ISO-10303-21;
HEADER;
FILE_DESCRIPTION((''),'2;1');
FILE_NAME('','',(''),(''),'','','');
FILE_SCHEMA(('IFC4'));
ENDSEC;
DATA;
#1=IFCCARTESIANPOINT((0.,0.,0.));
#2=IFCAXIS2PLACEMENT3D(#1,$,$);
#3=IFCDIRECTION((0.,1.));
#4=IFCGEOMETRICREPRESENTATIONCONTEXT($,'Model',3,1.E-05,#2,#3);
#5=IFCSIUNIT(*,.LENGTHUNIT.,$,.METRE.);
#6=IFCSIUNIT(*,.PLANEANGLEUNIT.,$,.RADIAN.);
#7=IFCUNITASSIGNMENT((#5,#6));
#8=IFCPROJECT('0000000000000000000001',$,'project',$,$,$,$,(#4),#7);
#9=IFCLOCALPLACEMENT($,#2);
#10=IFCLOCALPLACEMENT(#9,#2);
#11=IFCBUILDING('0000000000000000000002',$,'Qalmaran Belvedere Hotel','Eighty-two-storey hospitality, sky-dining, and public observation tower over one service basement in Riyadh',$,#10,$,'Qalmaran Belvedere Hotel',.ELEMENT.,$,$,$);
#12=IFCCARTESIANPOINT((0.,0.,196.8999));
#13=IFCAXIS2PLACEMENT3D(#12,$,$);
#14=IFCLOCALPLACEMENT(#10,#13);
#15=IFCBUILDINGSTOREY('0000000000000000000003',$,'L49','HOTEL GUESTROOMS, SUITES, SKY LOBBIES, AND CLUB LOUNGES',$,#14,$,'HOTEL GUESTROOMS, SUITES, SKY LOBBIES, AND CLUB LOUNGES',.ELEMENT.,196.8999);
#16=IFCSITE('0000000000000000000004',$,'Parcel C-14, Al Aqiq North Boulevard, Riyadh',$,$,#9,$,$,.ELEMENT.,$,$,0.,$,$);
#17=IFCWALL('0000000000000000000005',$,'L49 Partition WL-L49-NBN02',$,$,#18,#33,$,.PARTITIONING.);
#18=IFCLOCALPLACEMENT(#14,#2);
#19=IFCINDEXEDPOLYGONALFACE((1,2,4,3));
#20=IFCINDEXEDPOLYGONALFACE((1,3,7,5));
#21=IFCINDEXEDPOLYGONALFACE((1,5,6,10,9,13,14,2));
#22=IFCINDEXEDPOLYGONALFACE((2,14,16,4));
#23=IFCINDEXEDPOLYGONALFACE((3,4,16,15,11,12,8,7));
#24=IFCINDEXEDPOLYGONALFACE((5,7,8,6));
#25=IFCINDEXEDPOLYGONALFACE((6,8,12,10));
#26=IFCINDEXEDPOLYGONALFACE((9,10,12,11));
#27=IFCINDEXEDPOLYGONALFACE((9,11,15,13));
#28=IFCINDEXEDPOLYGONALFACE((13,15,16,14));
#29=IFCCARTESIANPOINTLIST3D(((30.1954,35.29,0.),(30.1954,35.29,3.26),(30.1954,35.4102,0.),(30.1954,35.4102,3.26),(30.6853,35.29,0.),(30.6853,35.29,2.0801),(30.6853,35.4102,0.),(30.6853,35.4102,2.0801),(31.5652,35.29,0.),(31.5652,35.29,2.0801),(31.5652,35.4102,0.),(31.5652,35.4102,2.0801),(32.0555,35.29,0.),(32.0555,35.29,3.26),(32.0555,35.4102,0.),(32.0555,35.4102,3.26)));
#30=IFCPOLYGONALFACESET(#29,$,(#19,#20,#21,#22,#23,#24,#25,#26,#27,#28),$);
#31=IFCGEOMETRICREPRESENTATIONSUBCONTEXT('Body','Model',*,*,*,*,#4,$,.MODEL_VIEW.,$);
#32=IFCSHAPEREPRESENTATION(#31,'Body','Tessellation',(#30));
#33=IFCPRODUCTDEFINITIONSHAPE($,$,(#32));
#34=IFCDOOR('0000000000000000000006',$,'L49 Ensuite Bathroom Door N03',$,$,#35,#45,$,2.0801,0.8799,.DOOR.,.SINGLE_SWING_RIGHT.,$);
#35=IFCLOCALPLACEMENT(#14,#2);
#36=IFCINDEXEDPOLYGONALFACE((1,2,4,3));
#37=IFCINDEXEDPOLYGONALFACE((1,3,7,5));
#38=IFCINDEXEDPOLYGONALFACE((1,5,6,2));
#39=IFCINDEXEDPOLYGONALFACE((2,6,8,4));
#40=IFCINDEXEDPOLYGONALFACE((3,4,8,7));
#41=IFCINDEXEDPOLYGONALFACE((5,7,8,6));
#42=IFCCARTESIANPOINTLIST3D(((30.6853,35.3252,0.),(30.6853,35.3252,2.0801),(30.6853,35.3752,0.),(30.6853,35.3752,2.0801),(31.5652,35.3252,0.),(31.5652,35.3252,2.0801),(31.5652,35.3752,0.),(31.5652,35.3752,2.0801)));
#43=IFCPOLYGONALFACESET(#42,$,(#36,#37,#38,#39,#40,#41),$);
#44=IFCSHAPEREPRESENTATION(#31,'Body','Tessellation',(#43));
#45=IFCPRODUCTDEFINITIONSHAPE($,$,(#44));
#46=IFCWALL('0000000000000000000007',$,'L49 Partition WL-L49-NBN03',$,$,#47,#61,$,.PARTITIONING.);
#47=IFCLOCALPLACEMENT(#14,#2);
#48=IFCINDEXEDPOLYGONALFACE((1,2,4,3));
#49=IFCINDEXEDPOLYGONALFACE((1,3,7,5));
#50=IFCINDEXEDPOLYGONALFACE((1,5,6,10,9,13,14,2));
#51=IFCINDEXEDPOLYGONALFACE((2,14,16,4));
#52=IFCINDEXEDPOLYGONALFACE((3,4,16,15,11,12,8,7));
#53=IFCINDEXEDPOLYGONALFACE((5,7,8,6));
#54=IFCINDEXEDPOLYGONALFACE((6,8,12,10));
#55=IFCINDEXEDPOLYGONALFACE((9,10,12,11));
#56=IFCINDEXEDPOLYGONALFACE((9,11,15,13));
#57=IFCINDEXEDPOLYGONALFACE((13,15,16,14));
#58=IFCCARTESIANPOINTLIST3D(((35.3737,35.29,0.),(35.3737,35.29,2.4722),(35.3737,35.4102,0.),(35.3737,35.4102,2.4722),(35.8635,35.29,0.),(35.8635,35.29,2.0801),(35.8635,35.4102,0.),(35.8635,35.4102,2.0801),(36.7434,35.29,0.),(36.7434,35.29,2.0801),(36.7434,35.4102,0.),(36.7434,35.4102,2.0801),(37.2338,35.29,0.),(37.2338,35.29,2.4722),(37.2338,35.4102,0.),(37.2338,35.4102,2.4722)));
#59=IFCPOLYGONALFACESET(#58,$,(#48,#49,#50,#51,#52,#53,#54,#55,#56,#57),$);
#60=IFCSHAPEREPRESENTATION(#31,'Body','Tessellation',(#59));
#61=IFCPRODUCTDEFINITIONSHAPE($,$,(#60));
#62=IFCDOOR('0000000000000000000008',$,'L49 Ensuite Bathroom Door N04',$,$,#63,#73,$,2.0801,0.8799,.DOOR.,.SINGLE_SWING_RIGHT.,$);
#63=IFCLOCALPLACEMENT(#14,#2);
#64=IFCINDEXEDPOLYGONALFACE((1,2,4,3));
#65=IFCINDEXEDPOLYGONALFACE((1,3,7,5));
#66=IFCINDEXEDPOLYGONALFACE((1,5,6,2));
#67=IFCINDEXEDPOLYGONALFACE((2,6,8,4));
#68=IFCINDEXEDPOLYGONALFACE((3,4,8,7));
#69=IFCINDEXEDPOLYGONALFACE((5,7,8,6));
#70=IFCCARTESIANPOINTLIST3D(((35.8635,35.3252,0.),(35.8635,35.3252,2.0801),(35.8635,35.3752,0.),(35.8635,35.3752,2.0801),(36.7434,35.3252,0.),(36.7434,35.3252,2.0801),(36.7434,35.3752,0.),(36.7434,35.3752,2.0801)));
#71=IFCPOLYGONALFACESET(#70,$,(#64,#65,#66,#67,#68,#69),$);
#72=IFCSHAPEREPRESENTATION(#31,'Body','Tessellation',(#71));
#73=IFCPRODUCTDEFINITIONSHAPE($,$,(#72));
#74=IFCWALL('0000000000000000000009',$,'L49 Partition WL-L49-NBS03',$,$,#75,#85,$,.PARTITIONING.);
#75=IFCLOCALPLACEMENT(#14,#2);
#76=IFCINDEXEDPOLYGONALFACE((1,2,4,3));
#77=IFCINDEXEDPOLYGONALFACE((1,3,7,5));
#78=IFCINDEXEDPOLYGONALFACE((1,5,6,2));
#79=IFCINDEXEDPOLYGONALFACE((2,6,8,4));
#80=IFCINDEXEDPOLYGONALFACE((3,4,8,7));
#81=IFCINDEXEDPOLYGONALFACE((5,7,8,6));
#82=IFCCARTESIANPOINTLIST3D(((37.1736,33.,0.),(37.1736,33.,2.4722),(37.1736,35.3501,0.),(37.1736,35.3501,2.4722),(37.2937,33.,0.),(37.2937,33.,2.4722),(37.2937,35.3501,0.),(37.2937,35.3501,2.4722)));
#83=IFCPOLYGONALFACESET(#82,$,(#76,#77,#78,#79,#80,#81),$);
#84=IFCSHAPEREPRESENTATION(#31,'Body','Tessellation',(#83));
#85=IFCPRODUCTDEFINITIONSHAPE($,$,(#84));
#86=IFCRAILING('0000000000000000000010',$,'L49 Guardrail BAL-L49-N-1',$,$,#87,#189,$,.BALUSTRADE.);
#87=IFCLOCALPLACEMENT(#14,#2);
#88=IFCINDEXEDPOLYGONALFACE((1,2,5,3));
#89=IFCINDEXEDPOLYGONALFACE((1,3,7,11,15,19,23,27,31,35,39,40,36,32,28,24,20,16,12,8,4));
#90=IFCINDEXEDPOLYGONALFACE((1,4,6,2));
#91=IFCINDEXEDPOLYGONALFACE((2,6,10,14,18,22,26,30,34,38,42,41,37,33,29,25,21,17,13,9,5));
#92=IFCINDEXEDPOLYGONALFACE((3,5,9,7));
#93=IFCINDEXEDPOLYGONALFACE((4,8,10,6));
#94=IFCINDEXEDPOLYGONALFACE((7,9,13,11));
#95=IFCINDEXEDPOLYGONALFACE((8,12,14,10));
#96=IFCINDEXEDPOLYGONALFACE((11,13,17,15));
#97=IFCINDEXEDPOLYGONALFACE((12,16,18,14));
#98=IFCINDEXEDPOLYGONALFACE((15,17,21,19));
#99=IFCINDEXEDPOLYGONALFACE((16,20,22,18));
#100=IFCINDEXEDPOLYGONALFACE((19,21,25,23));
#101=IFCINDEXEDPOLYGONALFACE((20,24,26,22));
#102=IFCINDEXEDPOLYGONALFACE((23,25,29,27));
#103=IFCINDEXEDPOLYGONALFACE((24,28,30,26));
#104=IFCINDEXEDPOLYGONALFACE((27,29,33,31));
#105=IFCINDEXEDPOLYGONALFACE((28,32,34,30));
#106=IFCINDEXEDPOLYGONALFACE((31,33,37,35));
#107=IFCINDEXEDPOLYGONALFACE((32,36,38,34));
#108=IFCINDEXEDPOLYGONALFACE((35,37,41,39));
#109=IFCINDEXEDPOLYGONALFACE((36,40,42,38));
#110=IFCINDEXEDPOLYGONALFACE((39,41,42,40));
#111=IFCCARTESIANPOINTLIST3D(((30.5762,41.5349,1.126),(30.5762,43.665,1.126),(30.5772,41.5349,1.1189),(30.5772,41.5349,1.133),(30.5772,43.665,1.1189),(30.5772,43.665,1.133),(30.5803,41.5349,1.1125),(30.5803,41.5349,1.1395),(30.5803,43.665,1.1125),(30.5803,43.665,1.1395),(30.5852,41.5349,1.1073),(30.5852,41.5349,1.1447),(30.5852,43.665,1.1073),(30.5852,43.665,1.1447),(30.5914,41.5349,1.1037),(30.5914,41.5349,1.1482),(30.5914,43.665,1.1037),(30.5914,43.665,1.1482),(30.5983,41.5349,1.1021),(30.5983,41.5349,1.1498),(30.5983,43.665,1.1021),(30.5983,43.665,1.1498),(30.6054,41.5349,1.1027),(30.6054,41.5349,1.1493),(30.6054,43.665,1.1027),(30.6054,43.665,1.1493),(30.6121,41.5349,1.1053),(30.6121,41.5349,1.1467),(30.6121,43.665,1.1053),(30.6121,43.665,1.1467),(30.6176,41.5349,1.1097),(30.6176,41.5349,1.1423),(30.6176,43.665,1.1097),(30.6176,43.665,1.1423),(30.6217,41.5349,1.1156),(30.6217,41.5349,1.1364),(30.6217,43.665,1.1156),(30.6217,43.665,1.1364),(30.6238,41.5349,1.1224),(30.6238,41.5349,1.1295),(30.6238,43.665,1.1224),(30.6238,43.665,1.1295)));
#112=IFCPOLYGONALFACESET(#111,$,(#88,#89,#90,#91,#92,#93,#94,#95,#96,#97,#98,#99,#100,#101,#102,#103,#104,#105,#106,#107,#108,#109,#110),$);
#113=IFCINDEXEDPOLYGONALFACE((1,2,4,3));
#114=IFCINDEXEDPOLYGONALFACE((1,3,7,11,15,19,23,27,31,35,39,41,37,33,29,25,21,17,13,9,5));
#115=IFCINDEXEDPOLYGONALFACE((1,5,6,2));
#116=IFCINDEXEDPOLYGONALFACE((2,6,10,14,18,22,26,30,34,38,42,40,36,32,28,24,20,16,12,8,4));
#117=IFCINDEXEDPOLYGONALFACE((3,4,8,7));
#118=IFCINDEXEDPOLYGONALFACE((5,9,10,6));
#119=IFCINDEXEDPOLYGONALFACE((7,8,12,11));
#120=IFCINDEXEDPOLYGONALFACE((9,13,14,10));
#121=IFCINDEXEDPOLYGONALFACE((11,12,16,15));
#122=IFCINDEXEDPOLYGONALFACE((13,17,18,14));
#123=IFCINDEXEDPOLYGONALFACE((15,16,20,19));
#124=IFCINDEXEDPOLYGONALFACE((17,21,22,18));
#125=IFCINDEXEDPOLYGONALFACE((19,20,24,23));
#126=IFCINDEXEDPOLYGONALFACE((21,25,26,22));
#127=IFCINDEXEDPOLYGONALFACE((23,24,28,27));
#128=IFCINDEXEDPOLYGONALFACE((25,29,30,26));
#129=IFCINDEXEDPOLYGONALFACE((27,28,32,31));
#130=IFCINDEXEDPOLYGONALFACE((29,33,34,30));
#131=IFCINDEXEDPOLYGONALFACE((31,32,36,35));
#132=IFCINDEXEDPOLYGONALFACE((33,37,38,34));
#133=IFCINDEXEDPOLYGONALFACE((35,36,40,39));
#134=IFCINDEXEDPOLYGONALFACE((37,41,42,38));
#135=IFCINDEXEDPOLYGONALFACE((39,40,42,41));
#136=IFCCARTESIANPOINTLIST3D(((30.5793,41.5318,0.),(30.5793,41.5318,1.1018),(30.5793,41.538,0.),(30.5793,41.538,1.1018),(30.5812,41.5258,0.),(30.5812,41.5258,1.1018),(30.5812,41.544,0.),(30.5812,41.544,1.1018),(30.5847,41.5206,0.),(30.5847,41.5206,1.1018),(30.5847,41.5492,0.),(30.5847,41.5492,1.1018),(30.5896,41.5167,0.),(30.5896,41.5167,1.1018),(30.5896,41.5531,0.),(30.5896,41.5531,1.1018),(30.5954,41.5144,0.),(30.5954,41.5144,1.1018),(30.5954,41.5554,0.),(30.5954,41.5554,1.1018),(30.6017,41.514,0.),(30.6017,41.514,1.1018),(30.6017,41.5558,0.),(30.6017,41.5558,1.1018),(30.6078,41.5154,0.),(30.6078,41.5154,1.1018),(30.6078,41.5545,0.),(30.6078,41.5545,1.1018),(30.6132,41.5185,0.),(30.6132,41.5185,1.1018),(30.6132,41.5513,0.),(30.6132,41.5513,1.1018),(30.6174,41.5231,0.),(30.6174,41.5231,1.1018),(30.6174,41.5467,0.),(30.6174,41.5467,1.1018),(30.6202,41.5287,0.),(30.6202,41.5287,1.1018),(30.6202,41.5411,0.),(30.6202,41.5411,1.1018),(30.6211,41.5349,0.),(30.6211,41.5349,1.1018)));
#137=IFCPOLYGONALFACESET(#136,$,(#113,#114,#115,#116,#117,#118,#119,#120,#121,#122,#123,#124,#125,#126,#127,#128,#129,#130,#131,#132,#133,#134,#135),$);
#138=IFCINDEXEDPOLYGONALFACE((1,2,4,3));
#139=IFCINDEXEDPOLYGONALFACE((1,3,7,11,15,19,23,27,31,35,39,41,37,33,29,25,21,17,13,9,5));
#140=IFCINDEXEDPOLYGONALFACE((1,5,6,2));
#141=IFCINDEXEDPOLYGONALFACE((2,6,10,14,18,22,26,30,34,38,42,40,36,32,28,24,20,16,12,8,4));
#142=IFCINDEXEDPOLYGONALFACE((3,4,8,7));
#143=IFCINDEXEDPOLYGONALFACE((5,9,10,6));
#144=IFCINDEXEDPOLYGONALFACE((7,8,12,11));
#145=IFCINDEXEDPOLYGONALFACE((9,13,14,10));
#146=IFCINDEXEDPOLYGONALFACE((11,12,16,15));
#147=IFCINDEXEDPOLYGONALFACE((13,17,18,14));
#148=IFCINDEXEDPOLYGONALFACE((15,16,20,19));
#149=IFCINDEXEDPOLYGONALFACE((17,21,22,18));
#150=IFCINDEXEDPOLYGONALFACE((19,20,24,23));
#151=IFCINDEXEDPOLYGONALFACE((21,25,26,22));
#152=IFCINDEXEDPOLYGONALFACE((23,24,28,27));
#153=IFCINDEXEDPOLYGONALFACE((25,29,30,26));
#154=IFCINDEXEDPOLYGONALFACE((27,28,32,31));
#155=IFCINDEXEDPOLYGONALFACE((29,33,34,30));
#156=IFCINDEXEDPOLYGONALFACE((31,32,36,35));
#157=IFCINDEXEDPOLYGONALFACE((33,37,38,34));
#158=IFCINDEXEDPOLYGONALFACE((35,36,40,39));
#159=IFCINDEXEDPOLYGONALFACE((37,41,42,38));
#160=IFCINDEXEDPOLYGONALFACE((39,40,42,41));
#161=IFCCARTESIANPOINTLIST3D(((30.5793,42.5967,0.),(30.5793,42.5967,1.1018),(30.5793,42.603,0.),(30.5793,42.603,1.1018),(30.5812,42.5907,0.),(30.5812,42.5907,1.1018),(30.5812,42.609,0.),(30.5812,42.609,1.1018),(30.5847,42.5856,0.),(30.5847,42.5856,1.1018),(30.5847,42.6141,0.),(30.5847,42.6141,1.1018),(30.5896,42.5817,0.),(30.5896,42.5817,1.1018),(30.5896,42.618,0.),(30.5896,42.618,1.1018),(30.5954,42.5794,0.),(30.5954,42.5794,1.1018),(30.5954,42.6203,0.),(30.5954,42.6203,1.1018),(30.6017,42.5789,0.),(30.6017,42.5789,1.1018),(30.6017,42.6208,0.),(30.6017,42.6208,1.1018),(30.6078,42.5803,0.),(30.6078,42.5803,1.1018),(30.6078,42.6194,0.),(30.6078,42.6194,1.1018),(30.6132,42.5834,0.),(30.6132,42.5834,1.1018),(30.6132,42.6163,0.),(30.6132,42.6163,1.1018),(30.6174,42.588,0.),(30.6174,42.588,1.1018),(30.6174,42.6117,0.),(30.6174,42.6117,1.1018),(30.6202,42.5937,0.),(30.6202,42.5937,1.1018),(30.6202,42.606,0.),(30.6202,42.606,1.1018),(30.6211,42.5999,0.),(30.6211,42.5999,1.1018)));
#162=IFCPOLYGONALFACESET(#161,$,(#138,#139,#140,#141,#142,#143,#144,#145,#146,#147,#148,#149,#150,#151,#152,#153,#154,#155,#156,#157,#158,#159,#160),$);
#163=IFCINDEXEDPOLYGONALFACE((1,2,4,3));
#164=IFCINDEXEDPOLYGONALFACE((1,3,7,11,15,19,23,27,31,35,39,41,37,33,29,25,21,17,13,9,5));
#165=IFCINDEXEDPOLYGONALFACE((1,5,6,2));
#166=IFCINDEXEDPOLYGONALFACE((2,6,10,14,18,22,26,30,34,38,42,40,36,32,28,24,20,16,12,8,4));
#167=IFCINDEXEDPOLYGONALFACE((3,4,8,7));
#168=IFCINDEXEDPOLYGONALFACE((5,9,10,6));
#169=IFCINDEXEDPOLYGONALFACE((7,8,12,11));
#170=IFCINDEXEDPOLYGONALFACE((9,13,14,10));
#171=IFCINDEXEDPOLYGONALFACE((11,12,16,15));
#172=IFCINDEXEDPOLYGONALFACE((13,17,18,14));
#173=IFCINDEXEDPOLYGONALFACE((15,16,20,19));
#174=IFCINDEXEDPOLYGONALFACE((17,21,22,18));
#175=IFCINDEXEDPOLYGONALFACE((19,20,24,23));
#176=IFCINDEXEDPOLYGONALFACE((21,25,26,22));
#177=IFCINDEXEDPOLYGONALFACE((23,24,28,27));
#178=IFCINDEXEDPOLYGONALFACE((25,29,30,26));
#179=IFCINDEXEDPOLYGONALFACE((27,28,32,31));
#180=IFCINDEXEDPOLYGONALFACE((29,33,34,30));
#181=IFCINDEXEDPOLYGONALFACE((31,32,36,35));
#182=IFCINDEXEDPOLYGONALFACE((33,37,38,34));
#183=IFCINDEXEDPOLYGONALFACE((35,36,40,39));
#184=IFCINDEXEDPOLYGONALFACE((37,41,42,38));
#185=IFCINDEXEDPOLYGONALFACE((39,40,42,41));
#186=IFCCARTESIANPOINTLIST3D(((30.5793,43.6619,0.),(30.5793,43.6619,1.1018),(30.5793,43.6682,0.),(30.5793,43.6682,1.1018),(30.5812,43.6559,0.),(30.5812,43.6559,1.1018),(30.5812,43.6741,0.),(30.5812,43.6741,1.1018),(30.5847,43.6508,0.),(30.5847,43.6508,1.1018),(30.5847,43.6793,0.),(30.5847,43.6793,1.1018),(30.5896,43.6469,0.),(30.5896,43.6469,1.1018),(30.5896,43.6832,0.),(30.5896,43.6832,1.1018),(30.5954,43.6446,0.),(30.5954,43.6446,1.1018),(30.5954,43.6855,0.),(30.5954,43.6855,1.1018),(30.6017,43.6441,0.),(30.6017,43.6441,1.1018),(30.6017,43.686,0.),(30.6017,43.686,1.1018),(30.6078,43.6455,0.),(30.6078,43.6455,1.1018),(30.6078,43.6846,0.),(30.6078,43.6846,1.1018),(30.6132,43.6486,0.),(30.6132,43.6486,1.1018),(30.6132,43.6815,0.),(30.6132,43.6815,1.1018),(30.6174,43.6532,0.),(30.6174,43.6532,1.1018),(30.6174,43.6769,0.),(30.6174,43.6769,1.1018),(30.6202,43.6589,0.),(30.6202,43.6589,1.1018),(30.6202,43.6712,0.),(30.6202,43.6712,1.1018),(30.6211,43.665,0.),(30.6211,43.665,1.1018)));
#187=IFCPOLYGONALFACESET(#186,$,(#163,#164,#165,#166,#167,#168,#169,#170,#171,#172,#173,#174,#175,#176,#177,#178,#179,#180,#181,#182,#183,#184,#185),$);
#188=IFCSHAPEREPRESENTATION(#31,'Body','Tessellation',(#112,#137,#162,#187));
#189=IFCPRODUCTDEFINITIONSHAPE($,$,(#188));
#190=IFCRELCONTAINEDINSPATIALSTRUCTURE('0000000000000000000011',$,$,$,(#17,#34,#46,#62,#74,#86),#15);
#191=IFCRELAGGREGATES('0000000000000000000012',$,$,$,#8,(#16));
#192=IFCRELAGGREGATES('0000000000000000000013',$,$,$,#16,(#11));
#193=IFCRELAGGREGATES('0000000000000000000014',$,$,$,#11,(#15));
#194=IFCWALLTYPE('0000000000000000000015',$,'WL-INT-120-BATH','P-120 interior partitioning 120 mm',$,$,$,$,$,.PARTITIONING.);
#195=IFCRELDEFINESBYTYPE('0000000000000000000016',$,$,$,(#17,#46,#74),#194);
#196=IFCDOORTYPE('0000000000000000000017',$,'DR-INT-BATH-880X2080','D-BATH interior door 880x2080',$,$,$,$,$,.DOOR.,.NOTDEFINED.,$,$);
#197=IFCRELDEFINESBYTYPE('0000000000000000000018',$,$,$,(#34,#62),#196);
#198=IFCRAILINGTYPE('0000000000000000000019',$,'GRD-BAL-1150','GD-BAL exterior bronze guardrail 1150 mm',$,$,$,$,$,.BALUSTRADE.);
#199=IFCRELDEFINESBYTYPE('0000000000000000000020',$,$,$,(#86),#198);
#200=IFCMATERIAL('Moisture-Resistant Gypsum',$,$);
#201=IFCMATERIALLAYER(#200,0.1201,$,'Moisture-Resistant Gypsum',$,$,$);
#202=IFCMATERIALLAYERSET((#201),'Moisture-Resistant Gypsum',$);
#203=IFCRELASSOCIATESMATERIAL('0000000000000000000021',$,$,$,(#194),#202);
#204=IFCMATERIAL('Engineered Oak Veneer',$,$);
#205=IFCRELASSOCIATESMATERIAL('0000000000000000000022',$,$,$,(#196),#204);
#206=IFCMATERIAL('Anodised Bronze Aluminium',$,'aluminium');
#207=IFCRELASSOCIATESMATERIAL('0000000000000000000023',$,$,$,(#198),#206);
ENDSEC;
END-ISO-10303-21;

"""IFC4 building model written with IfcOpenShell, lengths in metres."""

from ifc_helpers import new_model, si_unit, direction, frame, frame_2d, origin, origin_2d, place, context, subcontext, project, spatial, rectangle, circle, extrude, material, layer, layer_set, type_object, element, fill, save


model = new_model("IFC4")

# Units and contexts
model_context = context("Model", 3, precision=1e-05, world=origin(), true_north=direction((0.0, 1.0)))
body_context = subcontext(model_context, "Body", "Model", "MODEL_VIEW")
ifc_project = project(units=[si_unit("LENGTHUNIT", "METRE"), si_unit("PLANEANGLEUNIT", "RADIAN")], contexts=[model_context])

# Site, building, storey
site_placement = place(None, origin())
site = spatial("IfcSite", under=ifc_project, at=site_placement, Name="Parcel C-14, Al Aqiq North Boulevard, Riyadh", CompositionType="ELEMENT", RefElevation=0.0)
building_placement = place(site_placement, origin())
building = spatial("IfcBuilding", under=site, at=building_placement, Name="Qalmaran Belvedere Hotel", Description="Eighty-two-storey hospitality, sky-dining, and public observation tower over one service basement in Riyadh", LongName="Qalmaran Belvedere Hotel", CompositionType="ELEMENT")
storey_placement = place(building_placement, frame((0.0, 0.0, 196.8999)))
storey = spatial("IfcBuildingStorey", under=building, at=storey_placement, Name="L49", Description="HOTEL GUESTROOMS, SUITES, SKY LOBBIES, AND CLUB LOUNGES", LongName="HOTEL GUESTROOMS, SUITES, SKY LOBBIES, AND CLUB LOUNGES", CompositionType="ELEMENT", Elevation=196.8999)

# Shared definitions
ifc_material_1 = material(Name="Anodised Bronze Aluminium", Category="aluminium")

# Walls, openings, doors
ifc_material_2 = material(Name="Moisture-Resistant Gypsum")
ifc_layer_1 = layer(ifc_material_2, 0.1201, Name="Moisture-Resistant Gypsum")
ifc_layer_set_1 = layer_set([ifc_layer_1], Name="Moisture-Resistant Gypsum")
wall_type_1 = type_object("IfcWallType", Name="WL-INT-120-BATH", Description="P-120 interior partitioning 120 mm", PredefinedType="PARTITIONING", material=ifc_layer_set_1)
wall_1_placement = place(storey_placement, frame((30.1953, 35.3501, 0.0), z_axis=(0.0, 0.0, 1.0), x_axis=(1.0, 0.0, 0.0)))
wall_1 = element("IfcWall", 1, at=wall_1_placement, inside=storey, type_object=wall_type_1, Name="L49 Partition WL-L49-NBN02", PredefinedType="PARTITIONING", context=body_context, shape_type="SweptSolid", body=[
    extrude(rectangle(XDim=1.8601, YDim=0.1201, at=frame_2d((0.9302, 0.0))), origin(), (0.0, 0.0, 1.0), 3.26),
])
opening_1_placement = place(wall_1_placement, frame((1.3699, 0.0, 0.0), z_axis=(0.0, 0.0, 1.0), x_axis=(-1.0, 0.0, 0.0)))
opening_1 = element("IfcOpeningElement", 2, at=opening_1_placement, cuts=wall_1, PredefinedType="OPENING", context=body_context, shape_type="SweptSolid", body=[
    extrude(rectangle(XDim=0.8799, YDim=2.0801, at=frame_2d((0.4399, 1.04))), frame((0.0, 0.0701, 0.0), z_axis=(0.0, -1.0, 0.0), x_axis=(1.0, 0.0, 0.0)), (0.0, 0.0, 1.0), 0.1401),
])
ifc_material_3 = material(Name="Engineered Oak Veneer")
door_type_1 = type_object("IfcDoorType", Name="DR-INT-BATH-880X2080", Description="D-BATH interior door 880x2080", OperationType="NOTDEFINED", PredefinedType="DOOR", material=ifc_material_3)
door_1_placement = place(opening_1_placement, origin())
door_1 = element("IfcDoor", 3, at=door_1_placement, inside=storey, type_object=door_type_1, Name="L49 Ensuite Bathroom Door N03", OperationType="SINGLE_SWING_RIGHT", OverallHeight=2.0801, OverallWidth=0.8799, PredefinedType="DOOR", context=body_context, shape_type="SweptSolid", body=[
    extrude(rectangle(XDim=0.8799, YDim=2.0801, at=frame_2d((0.4399, 1.04))), frame((0.0, 0.0249, 0.0), z_axis=(0.0, -1.0, 0.0), x_axis=(1.0, 0.0, 0.0)), (0.0, 0.0, 1.0), 0.05),
])
fill(opening_1, door_1)
wall_2_placement = place(storey_placement, frame((35.3735, 35.3501, 0.0), z_axis=(0.0, 0.0, 1.0), x_axis=(1.0, 0.0, 0.0)))
wall_2 = element("IfcWall", 4, at=wall_2_placement, inside=storey, type_object=wall_type_1, Name="L49 Partition WL-L49-NBN03", PredefinedType="PARTITIONING", context=body_context, shape_type="SweptSolid", body=[
    extrude(rectangle(XDim=1.8601, YDim=0.1201, at=frame_2d((0.9302, 0.0))), origin(), (0.0, 0.0, 1.0), 2.4722),
])
opening_2_placement = place(wall_2_placement, frame((1.3699, 0.0, 0.0), z_axis=(0.0, 0.0, 1.0), x_axis=(-1.0, 0.0, 0.0)))
opening_2 = element("IfcOpeningElement", 5, at=opening_2_placement, cuts=wall_2, PredefinedType="OPENING", context=body_context, shape_type="SweptSolid", body=[
    extrude(rectangle(XDim=0.8799, YDim=2.0801, at=frame_2d((0.4399, 1.04))), frame((0.0, 0.0701, 0.0), z_axis=(0.0, -1.0, 0.0), x_axis=(1.0, 0.0, 0.0)), (0.0, 0.0, 1.0), 0.1401),
])
door_2_placement = place(opening_2_placement, origin())
door_2 = element("IfcDoor", 6, at=door_2_placement, inside=storey, type_object=door_type_1, Name="L49 Ensuite Bathroom Door N04", OperationType="SINGLE_SWING_RIGHT", OverallHeight=2.0801, OverallWidth=0.8799, PredefinedType="DOOR", context=body_context, shape_type="SweptSolid", body=[
    extrude(rectangle(XDim=0.8799, YDim=2.0801, at=frame_2d((0.4399, 1.04))), frame((0.0, 0.0249, 0.0), z_axis=(0.0, -1.0, 0.0), x_axis=(1.0, 0.0, 0.0)), (0.0, 0.0, 1.0), 0.05),
])
fill(opening_2, door_2)

# Wall
wall_3_placement = place(storey_placement, frame((37.2336, 33.0, 0.0), z_axis=(0.0, 0.0, 1.0), x_axis=(0.0, 1.0, 0.0)))
element("IfcWall", 7, at=wall_3_placement, inside=storey, type_object=wall_type_1, Name="L49 Partition WL-L49-NBS03", PredefinedType="PARTITIONING", context=body_context, shape_type="SweptSolid", body=[
    extrude(rectangle(XDim=2.3501, YDim=0.1201, at=frame_2d((1.175, 0.0))), origin(), (0.0, 0.0, 1.0), 2.4722),
])

# Railing
railing_type = type_object("IfcRailingType", Name="GRD-BAL-1150", Description="GD-BAL exterior bronze guardrail 1150 mm", PredefinedType="BALUSTRADE", material=ifc_material_1)
railing_1_placement = place(storey_placement, frame((30.6001, 41.5349, 0.0)))
element("IfcRailing", 8, at=railing_1_placement, inside=storey, type_object=railing_type, Name="L49 Guardrail BAL-L49-N-1", PredefinedType="BALUSTRADE", context=body_context, shape_type="SweptSolid", body=[
    extrude(circle(Radius=0.0239, at=origin_2d()), frame((0.0, 0.0, 1.126), z_axis=(0.0, 1.0, 0.0), x_axis=(-1.0, 0.0, 0.0)), (0.0, 0.0, 1.0), 2.1301),
    extrude(circle(Radius=0.021, at=origin_2d()), origin(), (0.0, 0.0, 1.0), 1.1018),
    extrude(circle(Radius=0.021, at=origin_2d()), frame((0.0, 1.0649, 0.0)), (0.0, 0.0, 1.0), 1.1018),
    extrude(circle(Radius=0.021, at=origin_2d()), frame((0.0, 2.1301, 0.0)), (0.0, 0.0, 1.0), 1.1018),
])

save(model, "model.ifc")
